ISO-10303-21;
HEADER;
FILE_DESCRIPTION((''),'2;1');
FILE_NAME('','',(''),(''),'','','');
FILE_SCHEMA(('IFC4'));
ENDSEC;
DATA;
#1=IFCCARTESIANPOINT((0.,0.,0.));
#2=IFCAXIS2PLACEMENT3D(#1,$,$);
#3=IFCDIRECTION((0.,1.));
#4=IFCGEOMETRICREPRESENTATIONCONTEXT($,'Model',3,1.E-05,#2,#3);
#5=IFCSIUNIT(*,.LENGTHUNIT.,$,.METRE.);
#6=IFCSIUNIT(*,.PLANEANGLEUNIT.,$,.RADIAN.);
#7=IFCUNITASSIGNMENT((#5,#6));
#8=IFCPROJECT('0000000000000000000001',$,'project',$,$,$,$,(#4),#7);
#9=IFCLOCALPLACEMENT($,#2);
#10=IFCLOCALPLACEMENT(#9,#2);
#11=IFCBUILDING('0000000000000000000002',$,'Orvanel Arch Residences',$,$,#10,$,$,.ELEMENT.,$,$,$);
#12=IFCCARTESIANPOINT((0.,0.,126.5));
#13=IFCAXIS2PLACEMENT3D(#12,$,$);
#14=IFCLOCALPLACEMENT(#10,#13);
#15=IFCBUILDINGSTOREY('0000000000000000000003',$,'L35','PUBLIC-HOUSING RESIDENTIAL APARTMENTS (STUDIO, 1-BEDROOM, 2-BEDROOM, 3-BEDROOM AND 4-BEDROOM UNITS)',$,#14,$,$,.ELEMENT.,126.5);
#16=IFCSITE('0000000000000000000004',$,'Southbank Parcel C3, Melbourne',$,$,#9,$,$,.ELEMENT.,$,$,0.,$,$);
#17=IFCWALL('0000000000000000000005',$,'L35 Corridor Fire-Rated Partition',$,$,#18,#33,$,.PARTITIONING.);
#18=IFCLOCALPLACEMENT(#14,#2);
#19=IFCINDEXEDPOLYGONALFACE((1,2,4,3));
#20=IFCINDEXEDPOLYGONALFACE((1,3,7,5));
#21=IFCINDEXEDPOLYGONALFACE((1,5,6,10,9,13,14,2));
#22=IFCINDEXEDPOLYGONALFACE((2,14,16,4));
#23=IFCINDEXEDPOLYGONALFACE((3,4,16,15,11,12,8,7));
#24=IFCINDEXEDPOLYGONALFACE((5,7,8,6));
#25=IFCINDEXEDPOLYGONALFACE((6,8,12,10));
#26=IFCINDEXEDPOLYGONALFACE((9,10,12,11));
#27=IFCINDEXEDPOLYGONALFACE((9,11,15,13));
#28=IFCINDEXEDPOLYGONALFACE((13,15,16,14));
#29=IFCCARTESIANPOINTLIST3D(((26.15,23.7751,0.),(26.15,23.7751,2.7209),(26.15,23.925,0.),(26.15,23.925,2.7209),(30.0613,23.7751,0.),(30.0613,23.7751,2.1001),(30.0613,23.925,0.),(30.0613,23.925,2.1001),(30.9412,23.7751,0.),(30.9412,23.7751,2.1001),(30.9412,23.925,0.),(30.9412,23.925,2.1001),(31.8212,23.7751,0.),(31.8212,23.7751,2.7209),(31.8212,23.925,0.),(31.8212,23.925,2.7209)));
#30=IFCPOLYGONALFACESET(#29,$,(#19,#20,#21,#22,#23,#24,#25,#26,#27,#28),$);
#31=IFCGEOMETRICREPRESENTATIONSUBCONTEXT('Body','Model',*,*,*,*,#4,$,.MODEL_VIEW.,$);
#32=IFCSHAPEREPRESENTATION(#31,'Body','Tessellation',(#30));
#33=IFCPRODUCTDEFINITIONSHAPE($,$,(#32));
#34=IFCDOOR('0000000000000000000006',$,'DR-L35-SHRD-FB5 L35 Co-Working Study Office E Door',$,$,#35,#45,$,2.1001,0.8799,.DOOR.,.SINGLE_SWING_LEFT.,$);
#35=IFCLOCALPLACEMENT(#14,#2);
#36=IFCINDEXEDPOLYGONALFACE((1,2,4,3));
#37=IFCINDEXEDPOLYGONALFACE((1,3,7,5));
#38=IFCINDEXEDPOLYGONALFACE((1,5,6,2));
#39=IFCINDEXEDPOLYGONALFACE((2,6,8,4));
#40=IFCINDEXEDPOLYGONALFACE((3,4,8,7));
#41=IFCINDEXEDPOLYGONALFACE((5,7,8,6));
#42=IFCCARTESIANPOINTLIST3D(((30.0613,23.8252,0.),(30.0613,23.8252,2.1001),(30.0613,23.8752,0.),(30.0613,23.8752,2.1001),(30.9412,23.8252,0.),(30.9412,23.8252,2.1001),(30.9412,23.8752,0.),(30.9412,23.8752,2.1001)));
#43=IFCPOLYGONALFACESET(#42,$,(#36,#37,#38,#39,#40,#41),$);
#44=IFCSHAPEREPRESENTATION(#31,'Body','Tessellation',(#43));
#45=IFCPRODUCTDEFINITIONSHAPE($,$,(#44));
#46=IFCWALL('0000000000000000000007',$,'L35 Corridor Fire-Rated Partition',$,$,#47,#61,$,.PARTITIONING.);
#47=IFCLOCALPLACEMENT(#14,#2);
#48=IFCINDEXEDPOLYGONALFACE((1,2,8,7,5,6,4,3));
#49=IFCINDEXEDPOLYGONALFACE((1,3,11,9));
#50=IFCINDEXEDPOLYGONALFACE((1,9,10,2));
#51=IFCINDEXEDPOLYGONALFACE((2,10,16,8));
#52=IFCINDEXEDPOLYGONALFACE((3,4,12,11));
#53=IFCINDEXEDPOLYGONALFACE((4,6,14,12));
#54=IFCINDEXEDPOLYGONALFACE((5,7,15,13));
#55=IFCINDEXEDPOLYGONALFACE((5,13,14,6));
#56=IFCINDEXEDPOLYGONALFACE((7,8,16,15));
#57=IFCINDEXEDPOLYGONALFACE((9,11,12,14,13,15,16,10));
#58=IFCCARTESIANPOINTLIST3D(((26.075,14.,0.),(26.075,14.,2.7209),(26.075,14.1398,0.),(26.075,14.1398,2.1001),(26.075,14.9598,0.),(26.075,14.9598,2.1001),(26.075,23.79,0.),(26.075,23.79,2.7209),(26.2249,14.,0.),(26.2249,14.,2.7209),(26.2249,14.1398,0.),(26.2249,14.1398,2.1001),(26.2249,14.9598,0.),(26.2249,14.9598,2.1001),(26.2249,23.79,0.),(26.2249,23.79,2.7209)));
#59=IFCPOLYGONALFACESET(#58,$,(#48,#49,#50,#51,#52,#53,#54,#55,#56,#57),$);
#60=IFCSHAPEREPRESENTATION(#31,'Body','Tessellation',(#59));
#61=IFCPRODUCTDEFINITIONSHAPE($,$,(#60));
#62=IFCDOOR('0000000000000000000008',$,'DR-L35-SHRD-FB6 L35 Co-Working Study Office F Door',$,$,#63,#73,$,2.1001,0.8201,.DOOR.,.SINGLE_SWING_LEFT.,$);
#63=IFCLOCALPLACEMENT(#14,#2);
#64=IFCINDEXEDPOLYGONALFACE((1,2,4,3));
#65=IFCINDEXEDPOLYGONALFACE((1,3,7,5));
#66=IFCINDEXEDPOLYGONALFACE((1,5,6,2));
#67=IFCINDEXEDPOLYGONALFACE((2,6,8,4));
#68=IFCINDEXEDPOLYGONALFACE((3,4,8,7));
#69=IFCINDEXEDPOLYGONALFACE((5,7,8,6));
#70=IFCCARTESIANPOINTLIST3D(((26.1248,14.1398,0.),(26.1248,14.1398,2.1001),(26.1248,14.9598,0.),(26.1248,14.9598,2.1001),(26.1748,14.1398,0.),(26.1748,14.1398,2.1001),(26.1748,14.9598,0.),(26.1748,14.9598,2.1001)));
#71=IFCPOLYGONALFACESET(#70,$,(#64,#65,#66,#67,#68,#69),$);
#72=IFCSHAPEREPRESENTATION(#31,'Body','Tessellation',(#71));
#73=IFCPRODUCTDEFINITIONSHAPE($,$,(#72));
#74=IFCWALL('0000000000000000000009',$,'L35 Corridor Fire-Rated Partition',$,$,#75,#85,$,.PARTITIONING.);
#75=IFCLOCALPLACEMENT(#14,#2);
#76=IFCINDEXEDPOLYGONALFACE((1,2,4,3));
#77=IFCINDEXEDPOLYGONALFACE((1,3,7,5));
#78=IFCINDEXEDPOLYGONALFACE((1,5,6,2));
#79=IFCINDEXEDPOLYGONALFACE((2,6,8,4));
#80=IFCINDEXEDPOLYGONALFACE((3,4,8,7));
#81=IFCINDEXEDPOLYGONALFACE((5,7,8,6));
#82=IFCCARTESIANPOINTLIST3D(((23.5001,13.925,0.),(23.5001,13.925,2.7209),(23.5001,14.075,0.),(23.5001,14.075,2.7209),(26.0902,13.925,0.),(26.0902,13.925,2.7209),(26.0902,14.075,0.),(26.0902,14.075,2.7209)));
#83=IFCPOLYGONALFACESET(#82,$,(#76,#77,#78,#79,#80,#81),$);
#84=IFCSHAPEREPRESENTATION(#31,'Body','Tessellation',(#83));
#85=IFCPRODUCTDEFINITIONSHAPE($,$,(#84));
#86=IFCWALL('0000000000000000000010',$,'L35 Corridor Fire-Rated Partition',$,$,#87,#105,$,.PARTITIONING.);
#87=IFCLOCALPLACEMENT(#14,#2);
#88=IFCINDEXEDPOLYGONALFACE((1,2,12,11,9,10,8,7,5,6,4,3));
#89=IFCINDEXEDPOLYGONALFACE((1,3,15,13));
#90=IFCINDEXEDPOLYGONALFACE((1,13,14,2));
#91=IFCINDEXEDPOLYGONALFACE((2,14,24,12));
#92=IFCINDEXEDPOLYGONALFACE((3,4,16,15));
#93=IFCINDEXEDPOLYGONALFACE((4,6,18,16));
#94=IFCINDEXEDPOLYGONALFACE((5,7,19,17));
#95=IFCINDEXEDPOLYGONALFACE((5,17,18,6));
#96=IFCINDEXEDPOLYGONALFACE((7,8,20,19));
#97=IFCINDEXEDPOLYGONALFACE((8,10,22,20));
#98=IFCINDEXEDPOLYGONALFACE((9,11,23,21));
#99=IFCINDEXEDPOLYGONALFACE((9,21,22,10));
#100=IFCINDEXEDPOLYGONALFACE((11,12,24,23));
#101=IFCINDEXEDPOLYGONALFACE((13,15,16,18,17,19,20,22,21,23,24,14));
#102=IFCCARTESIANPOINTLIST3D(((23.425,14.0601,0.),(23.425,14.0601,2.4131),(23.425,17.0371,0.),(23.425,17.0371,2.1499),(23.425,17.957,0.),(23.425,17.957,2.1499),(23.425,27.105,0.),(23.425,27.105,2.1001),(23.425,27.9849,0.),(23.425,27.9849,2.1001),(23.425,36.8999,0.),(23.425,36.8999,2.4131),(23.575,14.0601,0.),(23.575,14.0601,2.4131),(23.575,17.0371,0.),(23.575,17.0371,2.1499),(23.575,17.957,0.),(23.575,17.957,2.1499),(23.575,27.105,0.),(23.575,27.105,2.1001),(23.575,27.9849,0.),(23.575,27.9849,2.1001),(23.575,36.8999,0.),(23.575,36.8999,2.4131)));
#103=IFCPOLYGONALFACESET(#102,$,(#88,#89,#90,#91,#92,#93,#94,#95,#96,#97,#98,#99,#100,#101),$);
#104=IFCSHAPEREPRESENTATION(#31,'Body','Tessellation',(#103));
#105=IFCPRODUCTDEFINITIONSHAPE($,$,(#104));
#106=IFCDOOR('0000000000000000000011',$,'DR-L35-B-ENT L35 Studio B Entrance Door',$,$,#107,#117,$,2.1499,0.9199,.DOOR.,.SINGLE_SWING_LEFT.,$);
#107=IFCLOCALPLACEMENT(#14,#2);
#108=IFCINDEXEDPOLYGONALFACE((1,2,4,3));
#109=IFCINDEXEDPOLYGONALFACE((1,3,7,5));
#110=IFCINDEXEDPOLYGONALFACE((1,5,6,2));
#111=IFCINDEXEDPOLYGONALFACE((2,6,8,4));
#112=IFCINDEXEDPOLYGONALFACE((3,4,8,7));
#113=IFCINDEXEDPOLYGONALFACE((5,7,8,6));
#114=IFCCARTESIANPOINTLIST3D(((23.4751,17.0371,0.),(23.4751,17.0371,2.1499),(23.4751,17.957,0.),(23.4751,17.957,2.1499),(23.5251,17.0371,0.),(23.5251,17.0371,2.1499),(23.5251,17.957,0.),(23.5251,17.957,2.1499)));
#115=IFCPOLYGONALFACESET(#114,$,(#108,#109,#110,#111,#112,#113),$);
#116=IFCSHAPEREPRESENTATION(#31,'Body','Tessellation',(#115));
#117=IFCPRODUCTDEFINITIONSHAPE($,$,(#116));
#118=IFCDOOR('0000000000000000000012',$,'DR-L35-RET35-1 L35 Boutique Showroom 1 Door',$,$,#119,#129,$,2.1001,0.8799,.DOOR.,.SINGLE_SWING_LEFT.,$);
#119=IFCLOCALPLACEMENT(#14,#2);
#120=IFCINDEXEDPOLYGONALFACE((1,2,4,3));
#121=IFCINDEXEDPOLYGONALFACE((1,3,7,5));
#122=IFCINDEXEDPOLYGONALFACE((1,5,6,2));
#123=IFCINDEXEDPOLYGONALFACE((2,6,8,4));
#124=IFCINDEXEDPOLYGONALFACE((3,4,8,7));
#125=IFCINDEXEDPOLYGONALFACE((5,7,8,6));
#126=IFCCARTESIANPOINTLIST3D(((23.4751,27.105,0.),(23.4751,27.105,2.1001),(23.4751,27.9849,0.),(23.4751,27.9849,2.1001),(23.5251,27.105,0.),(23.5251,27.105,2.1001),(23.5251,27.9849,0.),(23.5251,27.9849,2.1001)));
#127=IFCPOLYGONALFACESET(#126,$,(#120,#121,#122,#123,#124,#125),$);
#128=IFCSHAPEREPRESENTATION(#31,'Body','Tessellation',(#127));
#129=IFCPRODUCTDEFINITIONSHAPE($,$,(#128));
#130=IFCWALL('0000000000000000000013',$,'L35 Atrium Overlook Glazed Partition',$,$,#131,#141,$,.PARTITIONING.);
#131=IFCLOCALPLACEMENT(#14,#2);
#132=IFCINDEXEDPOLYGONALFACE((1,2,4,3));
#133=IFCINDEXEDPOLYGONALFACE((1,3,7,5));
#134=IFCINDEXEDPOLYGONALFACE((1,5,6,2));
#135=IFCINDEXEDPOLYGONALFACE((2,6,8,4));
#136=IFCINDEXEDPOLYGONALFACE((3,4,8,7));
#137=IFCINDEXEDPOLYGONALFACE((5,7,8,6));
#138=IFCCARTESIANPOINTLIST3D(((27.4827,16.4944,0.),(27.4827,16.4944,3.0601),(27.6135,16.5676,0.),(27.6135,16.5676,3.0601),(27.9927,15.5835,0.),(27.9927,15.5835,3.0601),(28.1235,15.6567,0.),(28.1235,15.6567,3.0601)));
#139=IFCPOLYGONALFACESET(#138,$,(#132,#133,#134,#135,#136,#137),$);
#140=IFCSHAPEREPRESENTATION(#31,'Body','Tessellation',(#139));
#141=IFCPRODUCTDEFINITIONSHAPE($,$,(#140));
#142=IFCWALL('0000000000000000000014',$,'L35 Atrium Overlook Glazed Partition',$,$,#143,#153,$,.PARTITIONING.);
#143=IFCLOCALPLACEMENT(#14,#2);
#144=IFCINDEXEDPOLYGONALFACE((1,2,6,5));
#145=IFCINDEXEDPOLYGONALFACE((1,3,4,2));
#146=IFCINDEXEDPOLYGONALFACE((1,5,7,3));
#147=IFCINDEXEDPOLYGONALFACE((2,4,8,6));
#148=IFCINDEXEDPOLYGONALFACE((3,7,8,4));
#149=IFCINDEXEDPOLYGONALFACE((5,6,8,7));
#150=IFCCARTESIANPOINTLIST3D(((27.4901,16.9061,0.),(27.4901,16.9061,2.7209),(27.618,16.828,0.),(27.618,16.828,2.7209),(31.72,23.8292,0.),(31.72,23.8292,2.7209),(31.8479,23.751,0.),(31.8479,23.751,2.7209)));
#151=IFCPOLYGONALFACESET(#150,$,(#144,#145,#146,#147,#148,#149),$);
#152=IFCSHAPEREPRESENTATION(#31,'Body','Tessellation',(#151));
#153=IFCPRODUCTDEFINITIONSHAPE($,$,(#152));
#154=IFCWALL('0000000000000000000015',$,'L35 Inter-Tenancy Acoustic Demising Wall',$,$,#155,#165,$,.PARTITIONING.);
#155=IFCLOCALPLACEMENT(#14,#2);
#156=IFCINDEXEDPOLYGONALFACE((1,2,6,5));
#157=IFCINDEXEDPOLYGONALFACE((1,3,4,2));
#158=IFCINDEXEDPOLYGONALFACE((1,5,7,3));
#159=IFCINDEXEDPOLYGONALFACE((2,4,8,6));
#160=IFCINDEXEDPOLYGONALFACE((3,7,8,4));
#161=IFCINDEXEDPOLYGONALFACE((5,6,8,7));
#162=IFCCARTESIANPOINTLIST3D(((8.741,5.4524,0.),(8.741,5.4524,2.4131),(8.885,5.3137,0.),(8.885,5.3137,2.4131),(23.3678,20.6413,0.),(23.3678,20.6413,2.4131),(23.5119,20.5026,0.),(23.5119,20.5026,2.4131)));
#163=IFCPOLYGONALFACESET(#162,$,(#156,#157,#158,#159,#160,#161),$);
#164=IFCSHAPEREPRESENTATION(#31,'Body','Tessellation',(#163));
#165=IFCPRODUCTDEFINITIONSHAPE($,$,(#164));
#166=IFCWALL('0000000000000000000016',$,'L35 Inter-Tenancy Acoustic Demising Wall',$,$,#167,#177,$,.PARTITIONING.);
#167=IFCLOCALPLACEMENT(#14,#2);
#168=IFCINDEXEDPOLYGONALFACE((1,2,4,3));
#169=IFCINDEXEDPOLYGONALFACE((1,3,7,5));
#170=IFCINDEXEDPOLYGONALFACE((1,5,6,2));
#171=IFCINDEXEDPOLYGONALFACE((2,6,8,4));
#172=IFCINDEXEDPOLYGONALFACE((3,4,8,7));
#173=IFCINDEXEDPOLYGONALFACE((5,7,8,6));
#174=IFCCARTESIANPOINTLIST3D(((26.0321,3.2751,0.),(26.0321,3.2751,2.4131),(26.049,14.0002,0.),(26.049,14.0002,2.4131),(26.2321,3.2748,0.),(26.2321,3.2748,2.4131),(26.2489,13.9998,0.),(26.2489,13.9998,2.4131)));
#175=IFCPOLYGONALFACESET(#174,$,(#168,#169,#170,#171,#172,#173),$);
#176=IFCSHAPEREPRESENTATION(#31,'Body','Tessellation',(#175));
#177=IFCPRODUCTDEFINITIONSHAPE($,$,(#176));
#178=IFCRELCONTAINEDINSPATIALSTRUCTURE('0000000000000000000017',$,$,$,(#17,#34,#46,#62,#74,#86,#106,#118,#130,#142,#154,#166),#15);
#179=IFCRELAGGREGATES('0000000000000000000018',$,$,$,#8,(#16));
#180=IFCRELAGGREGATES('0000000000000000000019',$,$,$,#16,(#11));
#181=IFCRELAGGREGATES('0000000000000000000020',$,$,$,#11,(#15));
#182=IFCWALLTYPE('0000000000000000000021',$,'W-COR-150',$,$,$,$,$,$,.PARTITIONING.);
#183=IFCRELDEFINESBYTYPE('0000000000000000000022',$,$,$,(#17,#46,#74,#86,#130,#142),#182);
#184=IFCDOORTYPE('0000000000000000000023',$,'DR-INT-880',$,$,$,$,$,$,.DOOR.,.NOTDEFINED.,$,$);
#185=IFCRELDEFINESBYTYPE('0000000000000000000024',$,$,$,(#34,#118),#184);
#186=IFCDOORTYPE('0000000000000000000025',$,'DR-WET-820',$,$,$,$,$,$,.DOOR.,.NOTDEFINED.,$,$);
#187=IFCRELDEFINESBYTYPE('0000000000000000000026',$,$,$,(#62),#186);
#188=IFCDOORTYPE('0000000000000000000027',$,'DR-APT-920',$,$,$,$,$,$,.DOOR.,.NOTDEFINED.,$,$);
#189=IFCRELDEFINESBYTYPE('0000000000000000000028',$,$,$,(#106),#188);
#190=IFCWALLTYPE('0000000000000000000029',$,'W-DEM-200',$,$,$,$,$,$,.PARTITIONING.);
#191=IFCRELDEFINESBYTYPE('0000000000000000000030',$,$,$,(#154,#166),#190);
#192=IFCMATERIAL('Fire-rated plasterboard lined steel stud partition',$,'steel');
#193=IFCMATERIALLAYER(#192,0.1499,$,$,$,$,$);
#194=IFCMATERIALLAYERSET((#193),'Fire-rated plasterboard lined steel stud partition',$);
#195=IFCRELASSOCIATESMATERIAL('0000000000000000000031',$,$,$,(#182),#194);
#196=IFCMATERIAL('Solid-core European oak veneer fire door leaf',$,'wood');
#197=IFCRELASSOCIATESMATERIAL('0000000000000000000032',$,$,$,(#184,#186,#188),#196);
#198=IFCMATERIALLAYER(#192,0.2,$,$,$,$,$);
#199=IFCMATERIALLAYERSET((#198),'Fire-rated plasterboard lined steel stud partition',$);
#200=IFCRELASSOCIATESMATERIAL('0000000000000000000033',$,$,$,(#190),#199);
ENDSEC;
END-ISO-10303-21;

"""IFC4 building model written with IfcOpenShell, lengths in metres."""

from ifc_helpers import new_model, si_unit, direction, frame, frame_2d, origin, place, context, subcontext, project, spatial, rectangle, extrude, material, layer, layer_set, type_object, element, fill, save


model = new_model("IFC4")

# Units and contexts
model_context = context("Model", 3, precision=1e-05, world=origin(), true_north=direction((0.0, 1.0)))
body_context = subcontext(model_context, "Body", "Model", "MODEL_VIEW")
ifc_project = project(units=[si_unit("LENGTHUNIT", "METRE"), si_unit("PLANEANGLEUNIT", "RADIAN")], contexts=[model_context])

# Site, building, storey
site_placement = place(None, origin())
site = spatial("IfcSite", under=ifc_project, at=site_placement, Name="Southbank Parcel C3, Melbourne", CompositionType="ELEMENT", RefElevation=0.0)
building_placement = place(site_placement, origin())
building = spatial("IfcBuilding", under=site, at=building_placement, Name="Orvanel Arch Residences", CompositionType="ELEMENT")
storey_placement = place(building_placement, frame((0.0, 0.0, 126.5)))
storey = spatial("IfcBuildingStorey", under=building, at=storey_placement, Name="L35", Description="PUBLIC-HOUSING RESIDENTIAL APARTMENTS (STUDIO, 1-BEDROOM, 2-BEDROOM, 3-BEDROOM AND 4-BEDROOM UNITS)", CompositionType="ELEMENT", Elevation=126.5)

# Walls, openings, doors
ifc_material_1 = material(Name="Fire-rated plasterboard lined steel stud partition", Category="steel")
ifc_layer_1 = layer(ifc_material_1, 0.1499)
ifc_layer_set_1 = layer_set([ifc_layer_1], Name="Fire-rated plasterboard lined steel stud partition")
wall_type_1 = type_object("IfcWallType", Name="W-COR-150", PredefinedType="PARTITIONING", material=ifc_layer_set_1)
wall_1_placement = place(storey_placement, frame((31.821, 23.8501, 0.0), z_axis=(0.0, 0.0, 1.0), x_axis=(-1.0, 0.0, 0.0)))
wall_1 = element("IfcWall", 1, at=wall_1_placement, inside=storey, type_object=wall_type_1, Name="L35 Corridor Fire-Rated Partition", PredefinedType="PARTITIONING", context=body_context, shape_type="SweptSolid", body=[
    extrude(rectangle(XDim=5.6711, YDim=0.1499, at=frame_2d((2.8354, 0.0))), origin(), (0.0, 0.0, 1.0), 2.7209),
])
opening_1_placement = place(wall_1_placement, frame((0.8799, 0.0, 0.0)))
opening_1 = element("IfcOpeningElement", 2, at=opening_1_placement, cuts=wall_1, PredefinedType="OPENING", context=body_context, shape_type="SweptSolid", body=[
    extrude(rectangle(XDim=0.8799, YDim=2.1001, at=frame_2d((0.4399, 1.05))), frame((0.0, 0.085, 0.0), z_axis=(0.0, -1.0, 0.0), x_axis=(1.0, 0.0, 0.0)), (0.0, 0.0, 1.0), 0.1699),
])
ifc_material_2 = material(Name="Solid-core European oak veneer fire door leaf", Category="wood")
door_type_1 = type_object("IfcDoorType", Name="DR-INT-880", OperationType="NOTDEFINED", PredefinedType="DOOR", material=ifc_material_2)
door_1_placement = place(opening_1_placement, origin())
door_1 = element("IfcDoor", 3, at=door_1_placement, inside=storey, type_object=door_type_1, Name="DR-L35-SHRD-FB5 L35 Co-Working Study Office E Door", OperationType="SINGLE_SWING_LEFT", OverallHeight=2.1001, OverallWidth=0.8799, PredefinedType="DOOR", context=body_context, shape_type="SweptSolid", body=[
    extrude(rectangle(XDim=0.8799, YDim=2.1001, at=frame_2d((0.4399, 1.05))), frame((0.0, 0.0249, 0.0), z_axis=(0.0, -1.0, 0.0), x_axis=(1.0, 0.0, 0.0)), (0.0, 0.0, 1.0), 0.05),
])
fill(opening_1, door_1)
wall_2_placement = place(storey_placement, frame((26.1499, 23.79, 0.0), z_axis=(0.0, 0.0, 1.0), x_axis=(0.0, -1.0, 0.0)))
wall_2 = element("IfcWall", 4, at=wall_2_placement, inside=storey, type_object=wall_type_1, Name="L35 Corridor Fire-Rated Partition", PredefinedType="PARTITIONING", context=body_context, shape_type="SweptSolid", body=[
    extrude(rectangle(XDim=9.79, YDim=0.1499, at=frame_2d((4.895, 0.0))), origin(), (0.0, 0.0, 1.0), 2.7209),
])
opening_2_placement = place(wall_2_placement, frame((8.8301, 0.0, 0.0)))
opening_2 = element("IfcOpeningElement", 5, at=opening_2_placement, cuts=wall_2, PredefinedType="OPENING", context=body_context, shape_type="SweptSolid", body=[
    extrude(rectangle(XDim=0.8201, YDim=2.1001, at=frame_2d((0.4102, 1.05))), frame((0.0, 0.085, 0.0), z_axis=(0.0, -1.0, 0.0), x_axis=(1.0, 0.0, 0.0)), (0.0, 0.0, 1.0), 0.1699),
])
door_type_2 = type_object("IfcDoorType", Name="DR-WET-820", OperationType="NOTDEFINED", PredefinedType="DOOR", material=ifc_material_2)
door_2_placement = place(opening_2_placement, origin())
door_2 = element("IfcDoor", 6, at=door_2_placement, inside=storey, type_object=door_type_2, Name="DR-L35-SHRD-FB6 L35 Co-Working Study Office F Door", OperationType="SINGLE_SWING_LEFT", OverallHeight=2.1001, OverallWidth=0.8201, PredefinedType="DOOR", context=body_context, shape_type="SweptSolid", body=[
    extrude(rectangle(XDim=0.8201, YDim=2.1001, at=frame_2d((0.4102, 1.05))), frame((0.0, 0.0249, 0.0), z_axis=(0.0, -1.0, 0.0), x_axis=(1.0, 0.0, 0.0)), (0.0, 0.0, 1.0), 0.05),
])
fill(opening_2, door_2)

# Wall
wall_3_placement = place(storey_placement, frame((26.0901, 14.0, 0.0), z_axis=(0.0, 0.0, 1.0), x_axis=(-1.0, 0.0, 0.0)))
element("IfcWall", 7, at=wall_3_placement, inside=storey, type_object=wall_type_1, Name="L35 Corridor Fire-Rated Partition", PredefinedType="PARTITIONING", context=body_context, shape_type="SweptSolid", body=[
    extrude(rectangle(XDim=2.5901, YDim=0.1499, at=frame_2d((1.2949, 0.0))), origin(), (0.0, 0.0, 1.0), 2.7209),
])

# Wall, openings, doors
wall_4_placement = place(storey_placement, frame((23.5, 14.0601, 0.0), z_axis=(0.0, 0.0, 1.0), x_axis=(0.0, 1.0, 0.0)))
wall_4 = element("IfcWall", 8, at=wall_4_placement, inside=storey, type_object=wall_type_1, Name="L35 Corridor Fire-Rated Partition", PredefinedType="PARTITIONING", context=body_context, shape_type="SweptSolid", body=[
    extrude(rectangle(XDim=22.8398, YDim=0.1499, at=frame_2d((11.4199, 0.0))), origin(), (0.0, 0.0, 1.0), 2.4131),
])
opening_3_placement = place(wall_4_placement, frame((13.0449, 0.0, 0.0)))
opening_3 = element("IfcOpeningElement", 9, at=opening_3_placement, cuts=wall_4, PredefinedType="OPENING", context=body_context, shape_type="SweptSolid", body=[
    extrude(rectangle(XDim=0.8799, YDim=2.1001, at=frame_2d((0.4399, 1.05))), frame((0.0, 0.085, 0.0), z_axis=(0.0, -1.0, 0.0), x_axis=(1.0, 0.0, 0.0)), (0.0, 0.0, 1.0), 0.1699),
])
opening_4_placement = place(wall_4_placement, frame((2.9771, 0.0, 0.0)))
opening_4 = element("IfcOpeningElement", 10, at=opening_4_placement, cuts=wall_4, PredefinedType="OPENING", context=body_context, shape_type="SweptSolid", body=[
    extrude(rectangle(XDim=0.9199, YDim=2.1499, at=frame_2d((0.46, 1.075))), frame((0.0, 0.085, 0.0), z_axis=(0.0, -1.0, 0.0), x_axis=(1.0, 0.0, 0.0)), (0.0, 0.0, 1.0), 0.1699),
])
door_type_3 = type_object("IfcDoorType", Name="DR-APT-920", OperationType="NOTDEFINED", PredefinedType="DOOR", material=ifc_material_2)
door_3_placement = place(opening_4_placement, origin())
door_3 = element("IfcDoor", 11, at=door_3_placement, inside=storey, type_object=door_type_3, Name="DR-L35-B-ENT L35 Studio B Entrance Door", OperationType="SINGLE_SWING_LEFT", OverallHeight=2.1499, OverallWidth=0.9199, PredefinedType="DOOR", context=body_context, shape_type="SweptSolid", body=[
    extrude(rectangle(XDim=0.9199, YDim=2.1499, at=frame_2d((0.46, 1.075))), frame((0.0, 0.0249, 0.0), z_axis=(0.0, -1.0, 0.0), x_axis=(1.0, 0.0, 0.0)), (0.0, 0.0, 1.0), 0.05),
])
fill(opening_4, door_3)
door_4_placement = place(opening_3_placement, origin())
door_4 = element("IfcDoor", 12, at=door_4_placement, inside=storey, type_object=door_type_1, Name="DR-L35-RET35-1 L35 Boutique Showroom 1 Door", OperationType="SINGLE_SWING_LEFT", OverallHeight=2.1001, OverallWidth=0.8799, PredefinedType="DOOR", context=body_context, shape_type="SweptSolid", body=[
    extrude(rectangle(XDim=0.8799, YDim=2.1001, at=frame_2d((0.4399, 1.05))), frame((0.0, 0.0249, 0.0), z_axis=(0.0, -1.0, 0.0), x_axis=(1.0, 0.0, 0.0)), (0.0, 0.0, 1.0), 0.05),
])
fill(opening_3, door_4)

# Walls
wall_5_placement = place(storey_placement, frame((28.0581, 15.6201, 0.0), z_axis=(0.0, 0.0, 1.0), x_axis=(-0.488539, 0.872542, 0.0)))
element("IfcWall", 13, at=wall_5_placement, inside=storey, type_object=wall_type_1, Name="L35 Atrium Overlook Glazed Partition", PredefinedType="PARTITIONING", context=body_context, shape_type="SweptSolid", body=[
    extrude(rectangle(XDim=1.0439, YDim=0.1499, at=frame_2d((0.522, 0.0))), origin(), (0.0, 0.0, 1.0), 3.0601),
])
wall_6_placement = place(storey_placement, frame((27.554, 16.8669, 0.0), z_axis=(0.0, 0.0, 1.0), x_axis=(0.521378, 0.853326, 0.0)))
element("IfcWall", 14, at=wall_6_placement, inside=storey, type_object=wall_type_1, Name="L35 Atrium Overlook Glazed Partition", PredefinedType="PARTITIONING", context=body_context, shape_type="SweptSolid", body=[
    extrude(rectangle(XDim=8.113, YDim=0.1499, at=frame_2d((4.0566, 0.0))), origin(), (0.0, 0.0, 1.0), 2.7209),
])
ifc_layer_2 = layer(ifc_material_1, 0.2)
ifc_layer_set_2 = layer_set([ifc_layer_2], Name="Fire-rated plasterboard lined steel stud partition")
wall_type_2 = type_object("IfcWallType", Name="W-DEM-200", PredefinedType="PARTITIONING", material=ifc_layer_set_2)
wall_7_placement = place(storey_placement, frame((23.4399, 20.572, 0.0), z_axis=(0.0, 0.0, 1.0), x_axis=(-0.693655, -0.720307, 0.0)))
element("IfcWall", 15, at=wall_7_placement, inside=storey, type_object=wall_type_2, Name="L35 Inter-Tenancy Acoustic Demising Wall", PredefinedType="PARTITIONING", context=body_context, shape_type="SweptSolid", body=[
    extrude(rectangle(XDim=21.0867, YDim=0.2, at=frame_2d((10.5435, 0.0))), origin(), (0.0, 0.0, 1.0), 2.4131),
])
wall_8_placement = place(storey_placement, frame((26.1489, 14.0, 0.0), z_axis=(0.0, 0.0, 1.0), x_axis=(-0.001571, -0.999999, 0.0)))
element("IfcWall", 16, at=wall_8_placement, inside=storey, type_object=wall_type_2, Name="L35 Inter-Tenancy Acoustic Demising Wall", PredefinedType="PARTITIONING", context=body_context, shape_type="SweptSolid", body=[
    extrude(rectangle(XDim=10.7251, YDim=0.2, at=frame_2d((5.3625, 0.0))), origin(), (0.0, 0.0, 1.0), 2.4131),
])

save(model, "model.ifc")
